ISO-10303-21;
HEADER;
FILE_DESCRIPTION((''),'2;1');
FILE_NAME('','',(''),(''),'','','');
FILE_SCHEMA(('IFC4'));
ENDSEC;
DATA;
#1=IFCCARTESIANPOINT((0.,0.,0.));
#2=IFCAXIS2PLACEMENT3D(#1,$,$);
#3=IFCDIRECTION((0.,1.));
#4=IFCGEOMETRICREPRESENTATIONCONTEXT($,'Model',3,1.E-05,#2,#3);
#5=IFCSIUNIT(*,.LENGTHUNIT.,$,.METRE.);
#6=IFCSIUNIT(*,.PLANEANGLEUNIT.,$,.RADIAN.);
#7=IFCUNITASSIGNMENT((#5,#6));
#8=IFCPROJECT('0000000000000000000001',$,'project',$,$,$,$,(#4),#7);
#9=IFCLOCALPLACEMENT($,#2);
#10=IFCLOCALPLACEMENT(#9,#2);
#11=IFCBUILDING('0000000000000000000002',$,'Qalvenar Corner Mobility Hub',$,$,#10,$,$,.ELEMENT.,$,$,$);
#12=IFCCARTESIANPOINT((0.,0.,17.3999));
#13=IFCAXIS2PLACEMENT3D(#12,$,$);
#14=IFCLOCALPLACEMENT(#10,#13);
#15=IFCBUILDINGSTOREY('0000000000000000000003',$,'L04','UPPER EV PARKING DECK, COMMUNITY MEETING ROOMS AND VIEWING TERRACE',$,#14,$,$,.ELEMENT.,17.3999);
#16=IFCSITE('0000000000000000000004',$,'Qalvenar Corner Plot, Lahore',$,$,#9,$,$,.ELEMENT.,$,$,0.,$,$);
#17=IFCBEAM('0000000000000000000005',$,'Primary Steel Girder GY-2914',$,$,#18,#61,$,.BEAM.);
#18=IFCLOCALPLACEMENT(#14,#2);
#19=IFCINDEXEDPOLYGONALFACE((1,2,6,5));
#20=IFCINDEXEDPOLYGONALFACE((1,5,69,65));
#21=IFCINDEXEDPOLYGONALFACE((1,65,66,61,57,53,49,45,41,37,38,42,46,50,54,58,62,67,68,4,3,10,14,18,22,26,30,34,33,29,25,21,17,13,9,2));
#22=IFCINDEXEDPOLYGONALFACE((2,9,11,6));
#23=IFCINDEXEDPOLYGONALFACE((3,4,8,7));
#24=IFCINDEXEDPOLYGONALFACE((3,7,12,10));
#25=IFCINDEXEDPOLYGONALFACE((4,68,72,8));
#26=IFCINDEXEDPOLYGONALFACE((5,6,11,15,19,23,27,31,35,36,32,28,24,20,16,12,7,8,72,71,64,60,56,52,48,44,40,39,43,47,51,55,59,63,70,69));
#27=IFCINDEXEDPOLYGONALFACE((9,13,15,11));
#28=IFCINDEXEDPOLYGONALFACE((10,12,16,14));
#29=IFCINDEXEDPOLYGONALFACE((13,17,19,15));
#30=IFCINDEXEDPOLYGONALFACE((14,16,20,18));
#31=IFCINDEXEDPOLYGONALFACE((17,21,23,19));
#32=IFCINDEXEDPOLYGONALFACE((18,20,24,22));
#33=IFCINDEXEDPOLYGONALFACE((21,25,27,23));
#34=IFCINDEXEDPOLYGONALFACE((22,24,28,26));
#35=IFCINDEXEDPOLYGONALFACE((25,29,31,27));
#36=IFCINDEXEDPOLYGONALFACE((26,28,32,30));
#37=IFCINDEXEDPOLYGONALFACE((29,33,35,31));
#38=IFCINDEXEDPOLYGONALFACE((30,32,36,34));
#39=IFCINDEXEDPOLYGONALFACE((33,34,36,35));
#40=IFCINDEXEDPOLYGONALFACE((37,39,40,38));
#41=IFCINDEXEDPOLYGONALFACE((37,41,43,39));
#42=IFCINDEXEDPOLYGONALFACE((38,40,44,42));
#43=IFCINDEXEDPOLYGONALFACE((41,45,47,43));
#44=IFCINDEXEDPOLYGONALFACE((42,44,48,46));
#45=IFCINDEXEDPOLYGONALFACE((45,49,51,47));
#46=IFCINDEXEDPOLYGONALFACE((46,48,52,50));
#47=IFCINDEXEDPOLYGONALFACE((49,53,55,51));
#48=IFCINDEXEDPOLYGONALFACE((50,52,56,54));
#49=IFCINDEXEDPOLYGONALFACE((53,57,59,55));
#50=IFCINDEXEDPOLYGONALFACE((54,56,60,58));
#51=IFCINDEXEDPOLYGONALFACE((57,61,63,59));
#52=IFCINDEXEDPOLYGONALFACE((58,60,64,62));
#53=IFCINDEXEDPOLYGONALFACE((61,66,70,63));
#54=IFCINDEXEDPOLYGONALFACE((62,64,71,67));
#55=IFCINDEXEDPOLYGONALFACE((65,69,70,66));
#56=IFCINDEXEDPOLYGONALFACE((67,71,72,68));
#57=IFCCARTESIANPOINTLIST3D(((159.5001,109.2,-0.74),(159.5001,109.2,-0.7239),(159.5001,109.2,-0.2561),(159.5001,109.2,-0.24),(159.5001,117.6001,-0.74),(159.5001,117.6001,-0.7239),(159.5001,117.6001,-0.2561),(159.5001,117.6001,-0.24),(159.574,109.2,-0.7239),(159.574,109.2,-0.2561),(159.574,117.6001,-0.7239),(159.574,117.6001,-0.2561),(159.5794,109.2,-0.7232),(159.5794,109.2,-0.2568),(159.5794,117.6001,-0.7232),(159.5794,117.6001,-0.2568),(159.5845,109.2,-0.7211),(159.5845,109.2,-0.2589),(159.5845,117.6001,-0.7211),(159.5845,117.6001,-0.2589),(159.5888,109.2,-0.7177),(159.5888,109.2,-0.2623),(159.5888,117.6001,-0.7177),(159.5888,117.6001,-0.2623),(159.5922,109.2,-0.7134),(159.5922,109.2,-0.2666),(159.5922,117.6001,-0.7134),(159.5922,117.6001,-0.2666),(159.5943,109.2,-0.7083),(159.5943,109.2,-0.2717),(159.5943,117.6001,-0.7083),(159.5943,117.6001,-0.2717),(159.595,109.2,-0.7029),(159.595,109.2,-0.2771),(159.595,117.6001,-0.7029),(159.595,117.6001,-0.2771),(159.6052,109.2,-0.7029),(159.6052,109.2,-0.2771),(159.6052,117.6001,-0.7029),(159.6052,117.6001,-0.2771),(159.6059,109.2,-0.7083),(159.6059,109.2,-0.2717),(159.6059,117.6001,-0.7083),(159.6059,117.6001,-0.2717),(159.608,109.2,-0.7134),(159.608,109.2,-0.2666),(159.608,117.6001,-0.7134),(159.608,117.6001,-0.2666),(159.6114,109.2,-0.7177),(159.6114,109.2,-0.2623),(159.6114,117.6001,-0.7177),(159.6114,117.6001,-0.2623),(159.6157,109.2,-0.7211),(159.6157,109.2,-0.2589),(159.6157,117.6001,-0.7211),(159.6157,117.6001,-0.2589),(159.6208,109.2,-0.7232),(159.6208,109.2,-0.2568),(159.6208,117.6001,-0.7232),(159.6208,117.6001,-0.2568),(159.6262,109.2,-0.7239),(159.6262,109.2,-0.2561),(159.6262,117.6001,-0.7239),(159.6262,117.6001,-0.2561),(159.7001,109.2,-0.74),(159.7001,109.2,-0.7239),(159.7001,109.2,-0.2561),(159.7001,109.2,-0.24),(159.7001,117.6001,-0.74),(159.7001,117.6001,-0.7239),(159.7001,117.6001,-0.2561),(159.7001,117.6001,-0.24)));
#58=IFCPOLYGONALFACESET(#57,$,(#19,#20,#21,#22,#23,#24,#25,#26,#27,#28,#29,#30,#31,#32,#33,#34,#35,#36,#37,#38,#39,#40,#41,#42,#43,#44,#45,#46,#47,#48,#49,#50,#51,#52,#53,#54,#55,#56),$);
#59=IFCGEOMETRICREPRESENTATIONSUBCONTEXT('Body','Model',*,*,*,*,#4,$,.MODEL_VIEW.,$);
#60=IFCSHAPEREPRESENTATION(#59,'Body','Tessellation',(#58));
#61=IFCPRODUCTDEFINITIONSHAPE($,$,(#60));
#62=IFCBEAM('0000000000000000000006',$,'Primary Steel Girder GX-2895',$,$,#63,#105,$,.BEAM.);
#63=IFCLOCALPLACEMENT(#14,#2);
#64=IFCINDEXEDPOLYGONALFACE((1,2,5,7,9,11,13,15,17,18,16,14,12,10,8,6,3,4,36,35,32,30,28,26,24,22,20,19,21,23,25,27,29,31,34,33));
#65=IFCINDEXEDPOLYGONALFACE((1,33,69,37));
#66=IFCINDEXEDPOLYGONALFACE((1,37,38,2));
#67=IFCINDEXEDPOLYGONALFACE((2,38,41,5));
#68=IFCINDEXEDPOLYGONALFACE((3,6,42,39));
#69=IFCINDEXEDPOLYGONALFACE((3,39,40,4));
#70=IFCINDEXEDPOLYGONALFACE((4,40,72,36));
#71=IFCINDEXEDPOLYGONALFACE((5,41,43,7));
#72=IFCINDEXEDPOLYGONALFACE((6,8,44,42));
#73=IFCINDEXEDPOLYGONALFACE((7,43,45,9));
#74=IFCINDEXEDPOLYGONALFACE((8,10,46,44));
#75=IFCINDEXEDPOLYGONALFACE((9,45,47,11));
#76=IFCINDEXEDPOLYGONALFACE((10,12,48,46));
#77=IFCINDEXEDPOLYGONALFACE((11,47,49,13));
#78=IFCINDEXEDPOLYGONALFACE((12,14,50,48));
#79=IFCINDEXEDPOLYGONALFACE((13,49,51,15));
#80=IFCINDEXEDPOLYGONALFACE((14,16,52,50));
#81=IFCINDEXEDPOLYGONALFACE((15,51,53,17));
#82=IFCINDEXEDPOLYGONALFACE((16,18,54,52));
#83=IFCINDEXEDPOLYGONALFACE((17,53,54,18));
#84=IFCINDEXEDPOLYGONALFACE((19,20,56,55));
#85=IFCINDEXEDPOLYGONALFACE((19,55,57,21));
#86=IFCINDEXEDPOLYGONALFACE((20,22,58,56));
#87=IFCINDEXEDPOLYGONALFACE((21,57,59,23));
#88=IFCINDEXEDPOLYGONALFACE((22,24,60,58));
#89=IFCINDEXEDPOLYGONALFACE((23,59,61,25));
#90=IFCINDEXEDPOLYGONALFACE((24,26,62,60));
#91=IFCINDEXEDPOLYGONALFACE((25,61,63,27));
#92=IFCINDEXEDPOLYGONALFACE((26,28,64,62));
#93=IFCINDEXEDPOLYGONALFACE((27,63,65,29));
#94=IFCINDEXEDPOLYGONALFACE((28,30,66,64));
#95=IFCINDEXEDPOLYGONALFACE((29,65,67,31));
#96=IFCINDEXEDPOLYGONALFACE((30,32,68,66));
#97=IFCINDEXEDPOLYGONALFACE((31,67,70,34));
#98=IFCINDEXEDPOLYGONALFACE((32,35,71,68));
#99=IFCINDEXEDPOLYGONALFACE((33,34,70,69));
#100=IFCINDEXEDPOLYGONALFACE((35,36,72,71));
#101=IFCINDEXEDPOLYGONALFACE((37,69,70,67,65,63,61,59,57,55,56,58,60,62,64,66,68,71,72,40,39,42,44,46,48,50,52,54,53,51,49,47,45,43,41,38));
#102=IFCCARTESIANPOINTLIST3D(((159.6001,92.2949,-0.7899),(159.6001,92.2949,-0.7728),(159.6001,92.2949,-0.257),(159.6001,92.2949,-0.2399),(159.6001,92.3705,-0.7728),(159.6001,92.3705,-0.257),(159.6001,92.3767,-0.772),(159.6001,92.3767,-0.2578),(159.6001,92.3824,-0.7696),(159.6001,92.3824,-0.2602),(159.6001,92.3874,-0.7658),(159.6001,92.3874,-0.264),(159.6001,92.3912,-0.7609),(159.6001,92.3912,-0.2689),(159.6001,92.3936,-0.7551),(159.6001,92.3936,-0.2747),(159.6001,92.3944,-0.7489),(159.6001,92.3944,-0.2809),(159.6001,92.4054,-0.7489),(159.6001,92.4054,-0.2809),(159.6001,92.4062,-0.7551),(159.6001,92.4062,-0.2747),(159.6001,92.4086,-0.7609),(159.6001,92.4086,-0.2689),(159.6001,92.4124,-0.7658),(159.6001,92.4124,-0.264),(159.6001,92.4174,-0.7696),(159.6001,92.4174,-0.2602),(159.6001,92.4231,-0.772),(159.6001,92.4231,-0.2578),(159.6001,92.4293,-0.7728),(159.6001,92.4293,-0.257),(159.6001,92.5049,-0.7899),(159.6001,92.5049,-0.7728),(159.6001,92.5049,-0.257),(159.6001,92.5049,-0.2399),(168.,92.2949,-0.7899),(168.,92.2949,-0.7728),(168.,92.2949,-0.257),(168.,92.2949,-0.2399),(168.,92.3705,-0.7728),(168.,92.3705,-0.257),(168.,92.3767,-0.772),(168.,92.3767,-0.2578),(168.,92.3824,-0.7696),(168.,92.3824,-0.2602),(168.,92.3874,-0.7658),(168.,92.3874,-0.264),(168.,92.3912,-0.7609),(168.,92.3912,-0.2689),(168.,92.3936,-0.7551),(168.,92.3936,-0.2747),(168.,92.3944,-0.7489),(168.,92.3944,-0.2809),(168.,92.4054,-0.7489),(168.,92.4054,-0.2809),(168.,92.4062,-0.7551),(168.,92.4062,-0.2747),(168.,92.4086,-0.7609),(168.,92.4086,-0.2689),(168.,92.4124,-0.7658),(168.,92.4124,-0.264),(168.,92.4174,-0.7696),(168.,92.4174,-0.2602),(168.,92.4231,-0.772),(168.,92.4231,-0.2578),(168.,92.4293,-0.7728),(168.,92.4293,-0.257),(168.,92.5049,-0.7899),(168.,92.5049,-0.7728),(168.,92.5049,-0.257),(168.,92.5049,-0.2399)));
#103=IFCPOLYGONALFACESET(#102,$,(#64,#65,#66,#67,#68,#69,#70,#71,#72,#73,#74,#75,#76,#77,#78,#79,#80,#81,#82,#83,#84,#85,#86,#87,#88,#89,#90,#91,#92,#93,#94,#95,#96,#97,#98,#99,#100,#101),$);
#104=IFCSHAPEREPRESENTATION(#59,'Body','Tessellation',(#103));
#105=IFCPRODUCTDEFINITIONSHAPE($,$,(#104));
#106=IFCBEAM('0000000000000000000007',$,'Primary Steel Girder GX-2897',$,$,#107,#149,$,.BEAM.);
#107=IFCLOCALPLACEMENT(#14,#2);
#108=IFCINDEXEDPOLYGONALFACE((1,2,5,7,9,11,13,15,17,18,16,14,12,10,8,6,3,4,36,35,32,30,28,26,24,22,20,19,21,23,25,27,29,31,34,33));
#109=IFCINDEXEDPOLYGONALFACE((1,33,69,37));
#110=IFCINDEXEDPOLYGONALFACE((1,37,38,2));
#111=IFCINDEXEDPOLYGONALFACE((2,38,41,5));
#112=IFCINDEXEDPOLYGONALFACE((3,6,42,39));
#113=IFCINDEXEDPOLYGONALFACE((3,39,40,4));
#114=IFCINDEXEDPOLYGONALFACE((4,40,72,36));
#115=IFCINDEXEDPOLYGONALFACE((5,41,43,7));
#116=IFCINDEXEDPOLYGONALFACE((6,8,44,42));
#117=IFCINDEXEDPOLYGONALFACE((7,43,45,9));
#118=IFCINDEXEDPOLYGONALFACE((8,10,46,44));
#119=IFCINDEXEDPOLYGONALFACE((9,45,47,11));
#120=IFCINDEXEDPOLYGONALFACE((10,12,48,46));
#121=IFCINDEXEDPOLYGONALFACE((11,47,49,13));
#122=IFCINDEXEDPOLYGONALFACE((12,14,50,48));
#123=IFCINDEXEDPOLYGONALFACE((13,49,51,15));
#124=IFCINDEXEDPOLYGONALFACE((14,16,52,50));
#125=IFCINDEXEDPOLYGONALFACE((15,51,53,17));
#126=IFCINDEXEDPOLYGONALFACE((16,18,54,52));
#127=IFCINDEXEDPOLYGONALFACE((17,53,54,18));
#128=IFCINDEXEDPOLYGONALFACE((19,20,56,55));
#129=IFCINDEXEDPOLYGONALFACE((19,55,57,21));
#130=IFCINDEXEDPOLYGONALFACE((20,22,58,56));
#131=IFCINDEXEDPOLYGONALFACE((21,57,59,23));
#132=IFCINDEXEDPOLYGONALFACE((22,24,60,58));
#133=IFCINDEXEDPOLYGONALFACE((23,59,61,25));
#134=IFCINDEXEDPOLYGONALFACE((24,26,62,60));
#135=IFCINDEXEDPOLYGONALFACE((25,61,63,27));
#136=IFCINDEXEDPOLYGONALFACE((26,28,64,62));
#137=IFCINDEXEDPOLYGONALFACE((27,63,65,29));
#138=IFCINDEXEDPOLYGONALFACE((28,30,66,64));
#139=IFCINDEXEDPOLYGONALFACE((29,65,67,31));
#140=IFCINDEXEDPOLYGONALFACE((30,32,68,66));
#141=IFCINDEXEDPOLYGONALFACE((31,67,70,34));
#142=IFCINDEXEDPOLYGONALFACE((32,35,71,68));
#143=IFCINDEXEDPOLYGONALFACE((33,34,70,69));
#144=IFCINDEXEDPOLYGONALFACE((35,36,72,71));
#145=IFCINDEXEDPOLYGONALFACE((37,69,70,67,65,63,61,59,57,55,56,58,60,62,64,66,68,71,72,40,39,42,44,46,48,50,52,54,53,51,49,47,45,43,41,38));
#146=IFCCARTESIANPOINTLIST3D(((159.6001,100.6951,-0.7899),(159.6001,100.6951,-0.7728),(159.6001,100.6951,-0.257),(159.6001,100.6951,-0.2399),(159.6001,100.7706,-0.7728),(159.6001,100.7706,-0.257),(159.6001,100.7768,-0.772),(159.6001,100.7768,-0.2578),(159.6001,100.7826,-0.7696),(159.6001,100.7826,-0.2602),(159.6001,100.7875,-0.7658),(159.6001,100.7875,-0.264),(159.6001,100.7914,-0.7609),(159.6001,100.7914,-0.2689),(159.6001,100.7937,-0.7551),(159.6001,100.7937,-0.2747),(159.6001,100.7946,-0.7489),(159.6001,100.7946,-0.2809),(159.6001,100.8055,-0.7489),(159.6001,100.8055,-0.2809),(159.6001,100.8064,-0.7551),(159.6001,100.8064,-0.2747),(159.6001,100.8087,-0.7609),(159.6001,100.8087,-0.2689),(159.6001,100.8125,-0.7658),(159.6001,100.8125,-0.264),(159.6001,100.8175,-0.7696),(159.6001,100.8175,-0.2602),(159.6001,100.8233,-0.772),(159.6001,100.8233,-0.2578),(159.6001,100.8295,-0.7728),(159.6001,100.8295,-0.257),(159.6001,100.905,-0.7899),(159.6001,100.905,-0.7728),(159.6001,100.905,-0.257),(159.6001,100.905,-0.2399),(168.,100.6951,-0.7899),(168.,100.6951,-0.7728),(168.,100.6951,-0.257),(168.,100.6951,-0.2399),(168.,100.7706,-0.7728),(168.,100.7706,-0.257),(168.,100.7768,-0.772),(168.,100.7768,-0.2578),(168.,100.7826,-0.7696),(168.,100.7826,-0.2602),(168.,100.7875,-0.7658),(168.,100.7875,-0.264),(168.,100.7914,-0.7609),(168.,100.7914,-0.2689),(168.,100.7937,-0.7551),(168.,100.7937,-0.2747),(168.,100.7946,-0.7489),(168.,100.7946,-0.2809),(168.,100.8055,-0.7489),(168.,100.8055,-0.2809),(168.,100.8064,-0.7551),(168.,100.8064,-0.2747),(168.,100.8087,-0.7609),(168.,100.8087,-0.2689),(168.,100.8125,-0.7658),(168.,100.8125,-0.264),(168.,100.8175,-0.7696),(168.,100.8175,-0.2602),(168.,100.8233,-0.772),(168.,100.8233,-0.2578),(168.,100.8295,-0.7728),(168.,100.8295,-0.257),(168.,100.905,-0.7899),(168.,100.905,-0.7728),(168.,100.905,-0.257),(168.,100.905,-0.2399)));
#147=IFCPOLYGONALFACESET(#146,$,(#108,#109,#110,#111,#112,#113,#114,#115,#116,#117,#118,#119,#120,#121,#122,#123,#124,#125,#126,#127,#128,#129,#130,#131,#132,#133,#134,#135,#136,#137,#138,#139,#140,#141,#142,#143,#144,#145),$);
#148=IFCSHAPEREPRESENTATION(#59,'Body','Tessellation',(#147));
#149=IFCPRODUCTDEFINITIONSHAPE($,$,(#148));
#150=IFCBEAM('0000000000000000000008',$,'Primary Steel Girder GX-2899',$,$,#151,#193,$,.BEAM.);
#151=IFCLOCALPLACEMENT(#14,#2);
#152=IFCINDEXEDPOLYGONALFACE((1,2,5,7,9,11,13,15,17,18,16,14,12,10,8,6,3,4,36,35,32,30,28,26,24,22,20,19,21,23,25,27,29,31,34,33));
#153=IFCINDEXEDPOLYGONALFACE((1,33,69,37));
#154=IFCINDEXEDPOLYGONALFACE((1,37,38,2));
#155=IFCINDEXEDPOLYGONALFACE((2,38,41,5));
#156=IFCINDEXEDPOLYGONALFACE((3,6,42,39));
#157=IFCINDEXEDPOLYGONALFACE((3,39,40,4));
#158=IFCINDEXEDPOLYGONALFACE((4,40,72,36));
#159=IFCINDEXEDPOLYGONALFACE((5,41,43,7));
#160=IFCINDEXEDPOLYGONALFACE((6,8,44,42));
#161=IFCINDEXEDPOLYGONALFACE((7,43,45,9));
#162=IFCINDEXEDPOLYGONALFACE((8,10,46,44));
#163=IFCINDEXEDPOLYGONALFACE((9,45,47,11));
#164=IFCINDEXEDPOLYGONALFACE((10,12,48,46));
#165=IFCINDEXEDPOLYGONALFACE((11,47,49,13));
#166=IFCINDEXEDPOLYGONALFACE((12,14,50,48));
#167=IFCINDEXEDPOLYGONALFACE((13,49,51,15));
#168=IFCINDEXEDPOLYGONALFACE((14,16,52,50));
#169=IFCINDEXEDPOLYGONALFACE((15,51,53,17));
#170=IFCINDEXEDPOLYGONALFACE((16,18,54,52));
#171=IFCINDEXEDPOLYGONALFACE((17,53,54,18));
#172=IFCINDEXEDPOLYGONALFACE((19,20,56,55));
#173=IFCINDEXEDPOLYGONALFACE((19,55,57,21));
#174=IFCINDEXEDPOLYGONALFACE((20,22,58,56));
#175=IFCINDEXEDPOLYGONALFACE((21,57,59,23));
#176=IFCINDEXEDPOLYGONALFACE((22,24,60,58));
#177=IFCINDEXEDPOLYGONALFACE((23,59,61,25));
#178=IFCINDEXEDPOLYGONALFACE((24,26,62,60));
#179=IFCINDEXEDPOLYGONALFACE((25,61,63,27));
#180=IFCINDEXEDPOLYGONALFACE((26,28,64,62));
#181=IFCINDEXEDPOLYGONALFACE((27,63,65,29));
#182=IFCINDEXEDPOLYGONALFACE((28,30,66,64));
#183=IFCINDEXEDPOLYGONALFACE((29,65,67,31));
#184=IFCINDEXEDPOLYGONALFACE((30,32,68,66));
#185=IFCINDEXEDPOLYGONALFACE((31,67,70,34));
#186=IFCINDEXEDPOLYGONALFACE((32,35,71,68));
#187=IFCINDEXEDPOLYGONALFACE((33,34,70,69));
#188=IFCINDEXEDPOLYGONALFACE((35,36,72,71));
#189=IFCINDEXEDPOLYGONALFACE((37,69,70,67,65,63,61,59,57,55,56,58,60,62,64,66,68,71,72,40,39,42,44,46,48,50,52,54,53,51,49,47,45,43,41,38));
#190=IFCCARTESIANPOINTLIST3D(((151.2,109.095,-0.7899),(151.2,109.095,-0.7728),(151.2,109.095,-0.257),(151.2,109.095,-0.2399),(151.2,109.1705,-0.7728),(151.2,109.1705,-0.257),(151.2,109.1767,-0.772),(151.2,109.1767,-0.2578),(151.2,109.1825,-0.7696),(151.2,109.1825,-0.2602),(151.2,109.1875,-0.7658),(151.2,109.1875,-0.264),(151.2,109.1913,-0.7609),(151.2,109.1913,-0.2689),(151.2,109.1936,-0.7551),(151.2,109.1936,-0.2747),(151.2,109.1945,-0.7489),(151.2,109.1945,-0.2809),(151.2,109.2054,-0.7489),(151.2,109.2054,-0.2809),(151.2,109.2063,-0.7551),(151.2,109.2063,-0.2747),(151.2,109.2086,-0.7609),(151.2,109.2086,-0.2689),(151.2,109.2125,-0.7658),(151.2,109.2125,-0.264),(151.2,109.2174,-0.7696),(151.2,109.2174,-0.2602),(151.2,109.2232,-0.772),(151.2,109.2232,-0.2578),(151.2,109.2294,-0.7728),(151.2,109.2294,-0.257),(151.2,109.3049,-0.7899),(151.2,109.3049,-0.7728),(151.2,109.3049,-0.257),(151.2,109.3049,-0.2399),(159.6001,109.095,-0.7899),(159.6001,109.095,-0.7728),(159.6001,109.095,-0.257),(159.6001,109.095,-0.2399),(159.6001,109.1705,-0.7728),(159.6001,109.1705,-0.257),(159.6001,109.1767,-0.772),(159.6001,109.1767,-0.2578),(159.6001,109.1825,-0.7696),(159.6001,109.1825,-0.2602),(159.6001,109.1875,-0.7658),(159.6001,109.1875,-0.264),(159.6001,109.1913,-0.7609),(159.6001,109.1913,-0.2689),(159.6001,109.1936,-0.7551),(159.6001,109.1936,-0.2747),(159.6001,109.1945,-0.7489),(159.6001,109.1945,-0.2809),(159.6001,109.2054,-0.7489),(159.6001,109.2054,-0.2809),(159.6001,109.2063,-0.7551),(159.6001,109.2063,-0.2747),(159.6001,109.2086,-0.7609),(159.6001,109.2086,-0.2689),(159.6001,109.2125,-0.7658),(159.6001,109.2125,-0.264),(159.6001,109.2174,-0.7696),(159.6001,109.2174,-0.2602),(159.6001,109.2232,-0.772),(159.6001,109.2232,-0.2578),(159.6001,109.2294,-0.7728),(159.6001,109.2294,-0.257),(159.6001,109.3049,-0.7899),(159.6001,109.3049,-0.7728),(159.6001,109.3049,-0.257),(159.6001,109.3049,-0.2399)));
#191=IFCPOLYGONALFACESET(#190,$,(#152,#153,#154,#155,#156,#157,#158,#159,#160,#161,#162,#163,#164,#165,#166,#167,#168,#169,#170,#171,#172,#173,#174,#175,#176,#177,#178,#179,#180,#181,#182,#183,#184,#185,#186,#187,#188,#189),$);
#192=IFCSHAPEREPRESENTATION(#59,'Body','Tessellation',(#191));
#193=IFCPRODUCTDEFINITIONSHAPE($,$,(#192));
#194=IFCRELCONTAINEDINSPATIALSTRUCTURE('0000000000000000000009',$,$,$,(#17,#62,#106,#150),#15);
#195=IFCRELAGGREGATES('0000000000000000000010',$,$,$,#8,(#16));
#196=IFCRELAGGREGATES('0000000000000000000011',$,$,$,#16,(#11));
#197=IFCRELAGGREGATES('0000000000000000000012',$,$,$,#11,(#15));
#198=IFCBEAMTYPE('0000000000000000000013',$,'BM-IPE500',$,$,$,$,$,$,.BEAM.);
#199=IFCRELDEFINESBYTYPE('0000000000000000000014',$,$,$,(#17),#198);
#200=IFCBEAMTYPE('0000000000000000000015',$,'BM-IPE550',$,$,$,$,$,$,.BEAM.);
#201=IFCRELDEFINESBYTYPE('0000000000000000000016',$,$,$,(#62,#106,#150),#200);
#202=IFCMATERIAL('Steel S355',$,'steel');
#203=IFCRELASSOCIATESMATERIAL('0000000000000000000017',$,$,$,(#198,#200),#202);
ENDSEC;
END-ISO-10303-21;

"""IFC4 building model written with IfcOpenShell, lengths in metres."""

from ifc_helpers import new_model, si_unit, direction, frame, origin, origin_2d, place, context, subcontext, project, spatial, i_section, extrude, material, material_profile, profile_set, type_object, element, save


model = new_model("IFC4")

# Units and contexts
model_context = context("Model", 3, precision=1e-05, world=origin(), true_north=direction((0.0, 1.0)))
body_context = subcontext(model_context, "Body", "Model", "MODEL_VIEW")
ifc_project = project(units=[si_unit("LENGTHUNIT", "METRE"), si_unit("PLANEANGLEUNIT", "RADIAN")], contexts=[model_context])

# Site, building, storey
site_placement = place(None, origin())
site = spatial("IfcSite", under=ifc_project, at=site_placement, Name="Qalvenar Corner Plot, Lahore", CompositionType="ELEMENT", RefElevation=0.0)
building_placement = place(site_placement, origin())
building = spatial("IfcBuilding", under=site, at=building_placement, Name="Qalvenar Corner Mobility Hub", CompositionType="ELEMENT")
storey_placement = place(building_placement, frame((0.0, 0.0, 17.3999)))
storey = spatial("IfcBuildingStorey", under=building, at=storey_placement, Name="L04", Description="UPPER EV PARKING DECK, COMMUNITY MEETING ROOMS AND VIEWING TERRACE", CompositionType="ELEMENT", Elevation=17.3999)

# Shared definitions
ifc_material_1 = material(Name="Steel S355", Category="steel")

# Beams
ifc_material_profile_1 = material_profile(ifc_material_1, i_section(OverallWidth=0.2, OverallDepth=0.5, WebThickness=0.0103, FlangeThickness=0.0161, FilletRadius=0.021, at=origin_2d()), Name="IPE500")
ifc_profile_set_1 = profile_set([ifc_material_profile_1], Name="Steel S355")
beam_type_1 = type_object("IfcBeamType", Name="BM-IPE500", PredefinedType="BEAM", material=ifc_profile_set_1)
beam_1_placement = place(storey_placement, frame((159.6001, 109.2, -0.49), z_axis=(0.0, 1.0, 0.0), x_axis=(-1.0, 0.0, 0.0)))
element("IfcBeam", 1, at=beam_1_placement, inside=storey, type_object=beam_type_1, Name="Primary Steel Girder GY-2914", PredefinedType="BEAM", context=body_context, shape_type="SweptSolid", body=[
    extrude(i_section(OverallWidth=0.2, OverallDepth=0.5, WebThickness=0.0103, FlangeThickness=0.0161, FilletRadius=0.021, at=origin_2d()), origin(), (0.0, 0.0, 1.0), 8.4001),
])
ifc_material_profile_2 = material_profile(ifc_material_1, i_section(OverallWidth=0.21, OverallDepth=0.55, WebThickness=0.011, FlangeThickness=0.0171, FilletRadius=0.0239, at=origin_2d()), Name="IPE550")
ifc_profile_set_2 = profile_set([ifc_material_profile_2], Name="Steel S355")
beam_type_2 = type_object("IfcBeamType", Name="BM-IPE550", PredefinedType="BEAM", material=ifc_profile_set_2)
for number, where, z_axis, x_axis, name in (
    (2, (159.6001, 92.3999, -0.5149), (1.0, 0.0, 0.0), (0.0, 1.0, 0.0), "Primary Steel Girder GX-2895"),
    (3, (159.6001, 100.8, -0.5149), (1.0, 0.0, 0.0), (0.0, 1.0, 0.0), "Primary Steel Girder GX-2897"),
):
    element("IfcBeam", number, at=place(storey_placement, frame(where, z_axis=z_axis, x_axis=x_axis)), inside=storey, type_object=beam_type_2, Name=name, PredefinedType="BEAM", context=body_context, shape_type="SweptSolid", body=[
        extrude(i_section(OverallWidth=0.21, OverallDepth=0.55, WebThickness=0.011, FlangeThickness=0.0171, FilletRadius=0.0239, at=origin_2d()), origin(), (0.0, 0.0, 1.0), 8.3999),
    ])
beam_2_placement = place(storey_placement, frame((151.2, 109.2, -0.5149), z_axis=(1.0, 0.0, 0.0), x_axis=(0.0, 1.0, 0.0)))
element("IfcBeam", 4, at=beam_2_placement, inside=storey, type_object=beam_type_2, Name="Primary Steel Girder GX-2899", PredefinedType="BEAM", context=body_context, shape_type="SweptSolid", body=[
    extrude(i_section(OverallWidth=0.21, OverallDepth=0.55, WebThickness=0.011, FlangeThickness=0.0171, FilletRadius=0.0239, at=origin_2d()), origin(), (0.0, 0.0, 1.0), 8.4001),
])

save(model, "model.ifc")
